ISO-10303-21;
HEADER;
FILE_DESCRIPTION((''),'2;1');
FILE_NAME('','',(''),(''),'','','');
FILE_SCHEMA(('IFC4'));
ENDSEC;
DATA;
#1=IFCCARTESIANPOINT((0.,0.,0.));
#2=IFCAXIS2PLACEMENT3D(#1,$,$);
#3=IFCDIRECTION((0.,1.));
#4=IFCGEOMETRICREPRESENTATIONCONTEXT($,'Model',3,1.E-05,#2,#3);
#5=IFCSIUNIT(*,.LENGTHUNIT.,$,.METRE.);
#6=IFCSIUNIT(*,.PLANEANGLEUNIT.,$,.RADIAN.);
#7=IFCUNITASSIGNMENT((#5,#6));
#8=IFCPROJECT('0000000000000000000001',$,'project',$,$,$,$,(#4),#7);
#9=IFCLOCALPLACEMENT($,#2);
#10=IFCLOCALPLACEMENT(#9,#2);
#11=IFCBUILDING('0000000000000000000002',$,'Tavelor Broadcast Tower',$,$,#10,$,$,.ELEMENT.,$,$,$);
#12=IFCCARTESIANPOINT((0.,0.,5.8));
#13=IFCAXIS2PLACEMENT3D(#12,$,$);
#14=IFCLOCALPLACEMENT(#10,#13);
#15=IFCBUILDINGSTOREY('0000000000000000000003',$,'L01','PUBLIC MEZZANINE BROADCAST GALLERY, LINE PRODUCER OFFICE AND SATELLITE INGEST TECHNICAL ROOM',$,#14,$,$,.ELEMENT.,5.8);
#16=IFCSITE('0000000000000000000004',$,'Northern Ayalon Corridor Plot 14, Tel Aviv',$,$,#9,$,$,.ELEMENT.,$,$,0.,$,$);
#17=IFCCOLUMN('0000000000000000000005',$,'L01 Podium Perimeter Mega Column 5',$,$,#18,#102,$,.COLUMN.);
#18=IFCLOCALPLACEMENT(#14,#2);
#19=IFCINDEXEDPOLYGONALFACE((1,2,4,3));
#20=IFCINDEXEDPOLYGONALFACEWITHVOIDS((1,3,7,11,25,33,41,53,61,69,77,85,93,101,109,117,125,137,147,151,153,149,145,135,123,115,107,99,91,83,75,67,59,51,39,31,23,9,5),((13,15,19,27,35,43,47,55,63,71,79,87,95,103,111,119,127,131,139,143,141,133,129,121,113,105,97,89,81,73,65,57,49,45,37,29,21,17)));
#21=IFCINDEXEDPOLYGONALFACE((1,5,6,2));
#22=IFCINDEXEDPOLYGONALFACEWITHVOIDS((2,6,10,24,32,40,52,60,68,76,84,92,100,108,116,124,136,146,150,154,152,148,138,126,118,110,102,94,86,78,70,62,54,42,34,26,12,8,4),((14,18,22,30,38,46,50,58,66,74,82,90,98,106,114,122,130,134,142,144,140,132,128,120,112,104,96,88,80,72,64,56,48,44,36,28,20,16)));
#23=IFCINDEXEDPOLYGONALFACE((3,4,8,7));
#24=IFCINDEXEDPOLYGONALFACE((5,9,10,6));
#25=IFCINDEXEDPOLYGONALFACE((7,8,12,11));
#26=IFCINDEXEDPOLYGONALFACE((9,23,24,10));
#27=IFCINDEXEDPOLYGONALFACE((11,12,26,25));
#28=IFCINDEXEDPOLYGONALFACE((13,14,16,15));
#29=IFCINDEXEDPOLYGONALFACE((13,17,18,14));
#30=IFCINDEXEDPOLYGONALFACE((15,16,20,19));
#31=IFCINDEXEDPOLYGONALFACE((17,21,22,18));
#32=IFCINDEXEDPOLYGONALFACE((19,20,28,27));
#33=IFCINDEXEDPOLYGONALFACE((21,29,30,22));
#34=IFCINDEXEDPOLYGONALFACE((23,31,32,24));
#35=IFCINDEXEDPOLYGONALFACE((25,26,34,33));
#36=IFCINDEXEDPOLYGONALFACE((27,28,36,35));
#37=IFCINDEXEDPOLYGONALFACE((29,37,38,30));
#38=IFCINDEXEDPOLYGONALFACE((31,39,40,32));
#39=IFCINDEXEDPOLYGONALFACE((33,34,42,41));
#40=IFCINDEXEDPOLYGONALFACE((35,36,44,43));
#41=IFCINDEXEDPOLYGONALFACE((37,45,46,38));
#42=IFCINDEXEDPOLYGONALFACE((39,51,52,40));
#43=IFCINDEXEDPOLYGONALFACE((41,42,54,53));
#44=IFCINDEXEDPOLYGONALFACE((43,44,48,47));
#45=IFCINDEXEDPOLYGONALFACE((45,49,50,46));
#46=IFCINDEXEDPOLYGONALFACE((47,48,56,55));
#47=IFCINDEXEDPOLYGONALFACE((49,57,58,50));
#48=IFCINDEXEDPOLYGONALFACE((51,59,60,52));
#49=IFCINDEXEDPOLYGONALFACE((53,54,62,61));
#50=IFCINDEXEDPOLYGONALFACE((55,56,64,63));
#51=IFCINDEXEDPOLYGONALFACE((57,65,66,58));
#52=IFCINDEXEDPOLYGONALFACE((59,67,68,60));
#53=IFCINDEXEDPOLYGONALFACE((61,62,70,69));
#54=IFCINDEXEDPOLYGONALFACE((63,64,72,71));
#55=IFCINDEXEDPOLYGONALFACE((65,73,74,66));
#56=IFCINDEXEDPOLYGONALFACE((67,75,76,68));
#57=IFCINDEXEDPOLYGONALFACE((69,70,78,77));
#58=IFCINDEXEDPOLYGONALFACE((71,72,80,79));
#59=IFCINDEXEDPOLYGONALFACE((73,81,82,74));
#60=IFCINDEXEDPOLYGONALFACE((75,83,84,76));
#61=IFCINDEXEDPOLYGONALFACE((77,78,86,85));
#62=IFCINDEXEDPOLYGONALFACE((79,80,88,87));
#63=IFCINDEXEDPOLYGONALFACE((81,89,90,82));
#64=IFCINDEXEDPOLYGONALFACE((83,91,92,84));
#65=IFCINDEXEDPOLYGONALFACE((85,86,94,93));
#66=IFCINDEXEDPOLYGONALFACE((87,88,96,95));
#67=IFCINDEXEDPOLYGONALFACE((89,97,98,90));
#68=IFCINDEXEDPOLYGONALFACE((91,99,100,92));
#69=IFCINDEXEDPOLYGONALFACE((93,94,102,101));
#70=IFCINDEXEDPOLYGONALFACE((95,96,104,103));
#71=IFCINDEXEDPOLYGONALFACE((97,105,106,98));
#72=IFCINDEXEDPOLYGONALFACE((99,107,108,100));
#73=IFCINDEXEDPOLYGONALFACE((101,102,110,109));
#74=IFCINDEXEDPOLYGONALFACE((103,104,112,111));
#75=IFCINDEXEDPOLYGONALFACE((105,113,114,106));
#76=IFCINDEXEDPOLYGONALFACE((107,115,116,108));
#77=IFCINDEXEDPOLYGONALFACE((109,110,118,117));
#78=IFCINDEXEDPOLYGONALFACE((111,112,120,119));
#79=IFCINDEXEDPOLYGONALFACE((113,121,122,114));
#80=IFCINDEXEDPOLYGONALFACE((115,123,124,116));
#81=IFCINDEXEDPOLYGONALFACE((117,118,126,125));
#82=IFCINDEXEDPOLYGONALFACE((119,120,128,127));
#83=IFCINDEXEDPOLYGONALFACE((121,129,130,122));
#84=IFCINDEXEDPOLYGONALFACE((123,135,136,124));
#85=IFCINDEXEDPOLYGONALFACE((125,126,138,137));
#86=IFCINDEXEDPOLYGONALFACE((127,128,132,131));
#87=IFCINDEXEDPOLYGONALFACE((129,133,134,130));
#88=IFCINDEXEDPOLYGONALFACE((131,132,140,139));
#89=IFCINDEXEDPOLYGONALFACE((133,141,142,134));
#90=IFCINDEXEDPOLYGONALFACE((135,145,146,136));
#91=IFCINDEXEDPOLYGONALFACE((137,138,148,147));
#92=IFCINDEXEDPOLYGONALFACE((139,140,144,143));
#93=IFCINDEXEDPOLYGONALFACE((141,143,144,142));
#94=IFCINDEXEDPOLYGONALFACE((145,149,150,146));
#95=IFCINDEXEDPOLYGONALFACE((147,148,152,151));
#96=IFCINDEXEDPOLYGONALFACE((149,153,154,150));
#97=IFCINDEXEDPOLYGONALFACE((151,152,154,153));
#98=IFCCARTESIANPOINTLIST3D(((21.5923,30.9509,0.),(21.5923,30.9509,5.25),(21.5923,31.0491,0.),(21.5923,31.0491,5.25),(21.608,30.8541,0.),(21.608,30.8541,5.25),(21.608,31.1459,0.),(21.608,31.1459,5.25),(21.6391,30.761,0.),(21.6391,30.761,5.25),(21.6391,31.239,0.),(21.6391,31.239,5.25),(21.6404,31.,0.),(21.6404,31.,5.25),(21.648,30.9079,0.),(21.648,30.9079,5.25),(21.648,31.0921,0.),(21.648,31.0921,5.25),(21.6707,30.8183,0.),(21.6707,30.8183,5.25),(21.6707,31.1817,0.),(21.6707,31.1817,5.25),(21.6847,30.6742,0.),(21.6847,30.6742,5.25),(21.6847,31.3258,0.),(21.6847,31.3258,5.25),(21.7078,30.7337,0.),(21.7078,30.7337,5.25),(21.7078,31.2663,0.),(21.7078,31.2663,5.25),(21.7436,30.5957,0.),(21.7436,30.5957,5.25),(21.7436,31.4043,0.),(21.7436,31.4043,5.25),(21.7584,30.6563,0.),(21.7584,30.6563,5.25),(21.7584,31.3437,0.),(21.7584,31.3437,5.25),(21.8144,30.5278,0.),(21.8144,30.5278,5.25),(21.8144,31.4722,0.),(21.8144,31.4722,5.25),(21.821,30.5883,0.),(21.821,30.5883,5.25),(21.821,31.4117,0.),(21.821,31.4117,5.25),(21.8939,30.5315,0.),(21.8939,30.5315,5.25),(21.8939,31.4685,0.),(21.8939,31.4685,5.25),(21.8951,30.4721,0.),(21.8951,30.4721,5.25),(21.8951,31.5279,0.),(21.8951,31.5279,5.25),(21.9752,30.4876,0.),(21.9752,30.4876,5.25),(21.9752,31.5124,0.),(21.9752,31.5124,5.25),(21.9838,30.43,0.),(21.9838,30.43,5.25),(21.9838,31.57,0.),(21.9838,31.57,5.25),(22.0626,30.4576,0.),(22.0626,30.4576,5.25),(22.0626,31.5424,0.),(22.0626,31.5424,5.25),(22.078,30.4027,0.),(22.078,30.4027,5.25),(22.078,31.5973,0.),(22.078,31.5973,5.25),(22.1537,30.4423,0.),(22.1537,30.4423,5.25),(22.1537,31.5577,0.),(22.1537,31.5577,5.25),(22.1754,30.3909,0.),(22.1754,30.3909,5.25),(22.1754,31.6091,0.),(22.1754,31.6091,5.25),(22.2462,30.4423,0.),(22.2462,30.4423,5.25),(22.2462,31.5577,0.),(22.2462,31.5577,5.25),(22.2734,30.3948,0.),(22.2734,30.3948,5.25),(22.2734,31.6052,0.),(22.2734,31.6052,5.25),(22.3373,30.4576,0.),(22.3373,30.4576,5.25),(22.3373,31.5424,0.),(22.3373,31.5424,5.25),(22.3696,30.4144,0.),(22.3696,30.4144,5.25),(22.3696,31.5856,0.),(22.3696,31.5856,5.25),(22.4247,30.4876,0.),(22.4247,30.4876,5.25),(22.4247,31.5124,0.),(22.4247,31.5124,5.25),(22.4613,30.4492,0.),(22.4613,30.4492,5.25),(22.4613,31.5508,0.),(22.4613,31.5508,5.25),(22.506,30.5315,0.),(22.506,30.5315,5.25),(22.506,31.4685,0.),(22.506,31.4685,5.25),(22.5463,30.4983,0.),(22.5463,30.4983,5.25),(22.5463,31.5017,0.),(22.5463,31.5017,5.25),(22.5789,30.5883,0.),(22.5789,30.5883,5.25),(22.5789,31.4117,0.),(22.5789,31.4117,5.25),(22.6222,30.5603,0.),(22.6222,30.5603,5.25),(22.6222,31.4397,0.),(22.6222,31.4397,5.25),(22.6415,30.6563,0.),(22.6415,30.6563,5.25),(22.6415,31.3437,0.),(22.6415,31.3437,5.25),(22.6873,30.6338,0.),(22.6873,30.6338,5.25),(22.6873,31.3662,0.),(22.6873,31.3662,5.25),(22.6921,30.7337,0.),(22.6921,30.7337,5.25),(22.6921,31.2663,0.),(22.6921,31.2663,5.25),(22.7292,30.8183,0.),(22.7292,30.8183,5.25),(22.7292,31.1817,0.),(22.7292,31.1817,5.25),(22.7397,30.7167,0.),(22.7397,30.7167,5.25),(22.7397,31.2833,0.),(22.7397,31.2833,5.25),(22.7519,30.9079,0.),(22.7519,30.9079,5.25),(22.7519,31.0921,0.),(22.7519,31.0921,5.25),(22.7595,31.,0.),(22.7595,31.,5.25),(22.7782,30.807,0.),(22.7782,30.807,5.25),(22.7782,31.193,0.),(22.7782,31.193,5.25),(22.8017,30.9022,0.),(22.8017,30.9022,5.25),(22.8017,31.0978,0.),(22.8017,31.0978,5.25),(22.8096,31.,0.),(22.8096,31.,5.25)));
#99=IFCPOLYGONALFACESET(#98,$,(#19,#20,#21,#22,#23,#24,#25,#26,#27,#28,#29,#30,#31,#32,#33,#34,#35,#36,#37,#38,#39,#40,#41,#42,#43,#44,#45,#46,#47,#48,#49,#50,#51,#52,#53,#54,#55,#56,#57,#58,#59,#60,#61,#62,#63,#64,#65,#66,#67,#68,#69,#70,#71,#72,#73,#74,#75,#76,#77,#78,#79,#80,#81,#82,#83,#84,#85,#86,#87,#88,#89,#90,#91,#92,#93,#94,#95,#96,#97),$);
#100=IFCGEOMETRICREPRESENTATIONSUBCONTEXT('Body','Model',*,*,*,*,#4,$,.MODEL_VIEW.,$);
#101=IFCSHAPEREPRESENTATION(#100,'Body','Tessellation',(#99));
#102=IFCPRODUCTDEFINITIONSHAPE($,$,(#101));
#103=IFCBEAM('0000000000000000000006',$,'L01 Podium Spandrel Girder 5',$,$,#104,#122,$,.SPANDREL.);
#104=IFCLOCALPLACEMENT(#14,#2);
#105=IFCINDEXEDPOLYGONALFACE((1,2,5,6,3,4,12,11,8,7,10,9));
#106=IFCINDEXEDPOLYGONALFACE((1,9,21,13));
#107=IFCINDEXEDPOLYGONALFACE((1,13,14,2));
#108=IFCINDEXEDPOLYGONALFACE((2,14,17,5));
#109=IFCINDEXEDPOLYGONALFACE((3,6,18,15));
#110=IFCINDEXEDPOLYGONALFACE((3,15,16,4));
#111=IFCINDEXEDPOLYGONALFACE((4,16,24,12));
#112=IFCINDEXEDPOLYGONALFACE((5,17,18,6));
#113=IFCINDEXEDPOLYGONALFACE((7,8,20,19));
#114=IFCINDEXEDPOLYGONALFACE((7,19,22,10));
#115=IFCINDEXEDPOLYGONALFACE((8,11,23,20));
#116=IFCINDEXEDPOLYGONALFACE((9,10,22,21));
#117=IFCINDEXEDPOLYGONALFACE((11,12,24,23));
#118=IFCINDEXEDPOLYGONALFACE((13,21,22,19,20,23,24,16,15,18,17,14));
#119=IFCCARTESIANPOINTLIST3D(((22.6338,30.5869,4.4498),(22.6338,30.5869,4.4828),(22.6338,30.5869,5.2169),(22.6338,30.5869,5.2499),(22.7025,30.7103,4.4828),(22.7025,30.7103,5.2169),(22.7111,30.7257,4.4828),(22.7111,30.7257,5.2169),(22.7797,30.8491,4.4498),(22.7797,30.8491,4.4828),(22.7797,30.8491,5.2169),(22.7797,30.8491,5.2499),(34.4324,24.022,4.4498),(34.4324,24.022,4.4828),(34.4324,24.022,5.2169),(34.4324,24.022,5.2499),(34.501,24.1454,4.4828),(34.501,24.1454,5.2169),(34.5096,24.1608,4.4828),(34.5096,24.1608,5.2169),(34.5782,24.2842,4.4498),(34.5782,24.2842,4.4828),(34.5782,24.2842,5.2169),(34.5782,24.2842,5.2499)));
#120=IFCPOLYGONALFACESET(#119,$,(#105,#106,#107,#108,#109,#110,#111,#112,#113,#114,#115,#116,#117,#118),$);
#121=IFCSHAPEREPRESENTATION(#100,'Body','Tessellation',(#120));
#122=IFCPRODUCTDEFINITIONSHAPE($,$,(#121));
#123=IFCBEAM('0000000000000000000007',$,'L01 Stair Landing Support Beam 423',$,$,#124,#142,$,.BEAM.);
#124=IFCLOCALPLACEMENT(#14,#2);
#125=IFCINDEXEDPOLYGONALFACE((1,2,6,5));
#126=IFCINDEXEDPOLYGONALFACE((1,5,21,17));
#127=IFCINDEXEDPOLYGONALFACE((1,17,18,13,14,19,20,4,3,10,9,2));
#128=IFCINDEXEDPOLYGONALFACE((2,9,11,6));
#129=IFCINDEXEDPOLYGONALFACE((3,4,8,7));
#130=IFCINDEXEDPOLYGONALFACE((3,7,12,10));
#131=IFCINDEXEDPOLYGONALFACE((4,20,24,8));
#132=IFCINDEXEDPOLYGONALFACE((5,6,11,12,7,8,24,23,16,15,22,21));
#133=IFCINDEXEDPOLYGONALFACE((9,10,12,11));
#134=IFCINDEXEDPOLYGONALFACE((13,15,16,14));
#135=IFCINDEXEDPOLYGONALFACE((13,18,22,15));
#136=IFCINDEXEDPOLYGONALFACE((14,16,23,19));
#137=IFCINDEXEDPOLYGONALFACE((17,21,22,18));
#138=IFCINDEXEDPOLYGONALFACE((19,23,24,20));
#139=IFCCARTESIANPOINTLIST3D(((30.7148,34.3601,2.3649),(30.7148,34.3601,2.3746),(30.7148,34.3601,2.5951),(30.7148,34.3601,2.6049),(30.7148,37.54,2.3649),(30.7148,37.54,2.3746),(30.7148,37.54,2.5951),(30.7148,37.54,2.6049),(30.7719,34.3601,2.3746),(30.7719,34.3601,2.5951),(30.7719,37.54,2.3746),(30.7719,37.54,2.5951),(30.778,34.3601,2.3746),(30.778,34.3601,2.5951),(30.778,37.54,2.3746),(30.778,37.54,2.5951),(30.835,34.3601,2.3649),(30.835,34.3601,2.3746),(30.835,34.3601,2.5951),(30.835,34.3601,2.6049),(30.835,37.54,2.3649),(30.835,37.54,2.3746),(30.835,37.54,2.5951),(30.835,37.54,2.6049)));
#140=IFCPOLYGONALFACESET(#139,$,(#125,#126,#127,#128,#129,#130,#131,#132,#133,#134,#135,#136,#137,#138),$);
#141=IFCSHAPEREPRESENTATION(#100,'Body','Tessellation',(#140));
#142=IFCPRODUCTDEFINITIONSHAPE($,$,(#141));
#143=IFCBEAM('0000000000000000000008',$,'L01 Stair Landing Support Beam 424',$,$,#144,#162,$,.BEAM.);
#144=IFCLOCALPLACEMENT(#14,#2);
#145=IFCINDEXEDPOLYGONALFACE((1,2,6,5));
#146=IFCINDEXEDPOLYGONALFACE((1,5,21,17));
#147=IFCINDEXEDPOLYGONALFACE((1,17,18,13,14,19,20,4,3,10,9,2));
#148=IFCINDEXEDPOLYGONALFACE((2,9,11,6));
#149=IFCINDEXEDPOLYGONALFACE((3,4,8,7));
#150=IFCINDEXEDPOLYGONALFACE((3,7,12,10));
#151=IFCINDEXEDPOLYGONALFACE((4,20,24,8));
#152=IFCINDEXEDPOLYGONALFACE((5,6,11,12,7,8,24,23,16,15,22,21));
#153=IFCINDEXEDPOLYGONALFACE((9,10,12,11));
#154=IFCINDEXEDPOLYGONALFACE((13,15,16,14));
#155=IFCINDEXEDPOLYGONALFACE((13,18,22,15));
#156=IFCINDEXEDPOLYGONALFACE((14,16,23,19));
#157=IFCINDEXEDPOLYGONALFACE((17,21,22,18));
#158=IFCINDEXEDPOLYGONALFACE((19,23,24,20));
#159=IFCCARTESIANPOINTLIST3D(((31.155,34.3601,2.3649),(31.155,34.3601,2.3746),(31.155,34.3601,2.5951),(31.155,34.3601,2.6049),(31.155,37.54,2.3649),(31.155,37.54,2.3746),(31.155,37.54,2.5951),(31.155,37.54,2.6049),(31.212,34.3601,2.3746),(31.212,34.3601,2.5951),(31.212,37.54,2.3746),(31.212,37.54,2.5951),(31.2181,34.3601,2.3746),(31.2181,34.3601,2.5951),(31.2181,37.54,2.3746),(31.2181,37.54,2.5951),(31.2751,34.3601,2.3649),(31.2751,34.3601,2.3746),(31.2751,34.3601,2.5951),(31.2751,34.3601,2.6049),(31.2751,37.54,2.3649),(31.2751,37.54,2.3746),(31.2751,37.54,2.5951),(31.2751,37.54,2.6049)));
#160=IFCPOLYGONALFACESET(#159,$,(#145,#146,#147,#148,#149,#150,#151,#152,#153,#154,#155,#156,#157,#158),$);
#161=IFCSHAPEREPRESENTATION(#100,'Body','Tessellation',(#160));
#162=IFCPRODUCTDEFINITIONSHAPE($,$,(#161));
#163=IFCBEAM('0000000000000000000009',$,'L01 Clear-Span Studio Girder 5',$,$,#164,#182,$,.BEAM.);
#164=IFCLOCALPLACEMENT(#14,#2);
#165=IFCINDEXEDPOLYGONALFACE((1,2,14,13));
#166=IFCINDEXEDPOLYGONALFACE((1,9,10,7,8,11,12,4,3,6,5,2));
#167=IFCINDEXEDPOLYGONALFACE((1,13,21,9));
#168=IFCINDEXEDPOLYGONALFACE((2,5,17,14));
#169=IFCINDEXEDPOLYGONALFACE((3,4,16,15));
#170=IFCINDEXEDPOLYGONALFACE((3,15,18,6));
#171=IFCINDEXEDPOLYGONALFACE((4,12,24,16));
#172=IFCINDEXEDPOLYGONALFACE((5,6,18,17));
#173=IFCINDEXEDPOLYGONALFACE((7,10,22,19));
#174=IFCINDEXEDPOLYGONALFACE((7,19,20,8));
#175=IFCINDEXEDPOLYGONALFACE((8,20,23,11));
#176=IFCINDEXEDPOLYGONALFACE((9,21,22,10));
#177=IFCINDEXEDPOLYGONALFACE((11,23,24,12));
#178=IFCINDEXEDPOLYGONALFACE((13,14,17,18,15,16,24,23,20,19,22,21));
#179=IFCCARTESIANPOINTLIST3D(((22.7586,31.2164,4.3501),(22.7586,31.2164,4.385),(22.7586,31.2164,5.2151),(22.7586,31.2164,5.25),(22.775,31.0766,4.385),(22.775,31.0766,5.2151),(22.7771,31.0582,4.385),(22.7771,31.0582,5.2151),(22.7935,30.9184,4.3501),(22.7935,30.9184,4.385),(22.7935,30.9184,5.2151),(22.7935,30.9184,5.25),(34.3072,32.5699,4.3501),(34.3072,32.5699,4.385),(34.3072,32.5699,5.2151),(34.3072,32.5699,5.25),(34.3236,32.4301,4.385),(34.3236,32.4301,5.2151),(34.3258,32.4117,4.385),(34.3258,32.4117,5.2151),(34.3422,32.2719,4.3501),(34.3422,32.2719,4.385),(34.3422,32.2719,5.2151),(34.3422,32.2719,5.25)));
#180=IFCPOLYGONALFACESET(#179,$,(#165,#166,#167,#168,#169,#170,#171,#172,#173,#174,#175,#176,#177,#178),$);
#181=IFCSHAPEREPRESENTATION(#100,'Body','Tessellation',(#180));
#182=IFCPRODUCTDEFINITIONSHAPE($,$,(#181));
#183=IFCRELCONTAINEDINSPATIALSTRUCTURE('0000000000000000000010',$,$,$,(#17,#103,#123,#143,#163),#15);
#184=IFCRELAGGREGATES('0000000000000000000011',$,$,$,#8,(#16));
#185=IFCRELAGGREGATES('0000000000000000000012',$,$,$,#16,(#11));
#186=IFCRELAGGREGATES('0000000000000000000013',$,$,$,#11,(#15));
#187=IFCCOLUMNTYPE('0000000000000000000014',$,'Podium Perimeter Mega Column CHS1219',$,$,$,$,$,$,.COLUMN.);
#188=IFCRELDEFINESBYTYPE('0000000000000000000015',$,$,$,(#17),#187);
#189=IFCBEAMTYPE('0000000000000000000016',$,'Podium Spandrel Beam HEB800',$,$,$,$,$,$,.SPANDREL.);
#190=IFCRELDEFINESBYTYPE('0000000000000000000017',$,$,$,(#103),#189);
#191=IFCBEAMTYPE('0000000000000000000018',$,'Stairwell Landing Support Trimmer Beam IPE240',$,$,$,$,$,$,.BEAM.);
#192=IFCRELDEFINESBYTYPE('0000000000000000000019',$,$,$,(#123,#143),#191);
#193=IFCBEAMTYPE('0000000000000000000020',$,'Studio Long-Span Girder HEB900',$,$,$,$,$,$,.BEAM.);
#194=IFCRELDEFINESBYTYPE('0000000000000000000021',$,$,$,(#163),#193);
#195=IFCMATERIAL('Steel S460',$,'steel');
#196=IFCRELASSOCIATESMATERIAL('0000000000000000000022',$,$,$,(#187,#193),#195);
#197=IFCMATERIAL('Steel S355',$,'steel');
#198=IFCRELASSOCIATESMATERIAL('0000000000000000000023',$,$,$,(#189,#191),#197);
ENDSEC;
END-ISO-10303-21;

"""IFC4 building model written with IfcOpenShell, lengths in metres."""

from ifc_helpers import new_model, si_unit, direction, frame, origin, origin_2d, place, context, subcontext, project, spatial, hollow_circle, i_section, extrude, material, material_profile, profile_set, type_object, element, save


model = new_model("IFC4")

# Units and contexts
model_context = context("Model", 3, precision=1e-05, world=origin(), true_north=direction((0.0, 1.0)))
body_context = subcontext(model_context, "Body", "Model", "MODEL_VIEW")
ifc_project = project(units=[si_unit("LENGTHUNIT", "METRE"), si_unit("PLANEANGLEUNIT", "RADIAN")], contexts=[model_context])

# Site, building, storey
site_placement = place(None, origin())
site = spatial("IfcSite", under=ifc_project, at=site_placement, Name="Northern Ayalon Corridor Plot 14, Tel Aviv", CompositionType="ELEMENT", RefElevation=0.0)
building_placement = place(site_placement, origin())
building = spatial("IfcBuilding", under=site, at=building_placement, Name="Tavelor Broadcast Tower", CompositionType="ELEMENT")
storey_placement = place(building_placement, frame((0.0, 0.0, 5.8)))
storey = spatial("IfcBuildingStorey", under=building, at=storey_placement, Name="L01", Description="PUBLIC MEZZANINE BROADCAST GALLERY, LINE PRODUCER OFFICE AND SATELLITE INGEST TECHNICAL ROOM", CompositionType="ELEMENT", Elevation=5.8)

# Column
ifc_material_1 = material(Name="Steel S460", Category="steel")
ifc_material_profile_1 = material_profile(ifc_material_1, hollow_circle(Radius=0.6096, WallThickness=0.05, at=origin_2d()), Name="CHS 1219x50")
ifc_profile_set_1 = profile_set([ifc_material_profile_1], Name="Steel S460")
column_type = type_object("IfcColumnType", Name="Podium Perimeter Mega Column CHS1219", PredefinedType="COLUMN", material=ifc_profile_set_1)
column_placement = place(storey_placement, frame((22.2, 31.0, 0.0), z_axis=(0.0, 0.0, 1.0), x_axis=(1.0, 0.0, 0.0)))
element("IfcColumn", 1, at=column_placement, inside=storey, type_object=column_type, Name="L01 Podium Perimeter Mega Column 5", PredefinedType="COLUMN", context=body_context, shape_type="SweptSolid", body=[
    extrude(hollow_circle(Radius=0.6096, WallThickness=0.05, at=origin_2d()), origin(), (0.0, 0.0, 1.0), 5.25),
])

# Beams
ifc_material_2 = material(Name="Steel S355", Category="steel")
ifc_material_profile_2 = material_profile(ifc_material_2, i_section(OverallWidth=0.3, OverallDepth=0.8, WebThickness=0.0176, FlangeThickness=0.033, at=origin_2d()), Name="HEB 800")
ifc_profile_set_2 = profile_set([ifc_material_profile_2], Name="Steel S355")
beam_type_1 = type_object("IfcBeamType", Name="Podium Spandrel Beam HEB800", PredefinedType="SPANDREL", material=ifc_profile_set_2)
beam_1_placement = place(storey_placement, frame((22.7068, 30.718, 4.8499), z_axis=(0.873837, -0.486219, 0.0), x_axis=(0.486219, 0.873837, 0.0)))
element("IfcBeam", 2, at=beam_1_placement, inside=storey, type_object=beam_type_1, Name="L01 Podium Spandrel Girder 5", PredefinedType="SPANDREL", context=body_context, shape_type="SweptSolid", body=[
    extrude(i_section(OverallWidth=0.3, OverallDepth=0.8, WebThickness=0.0176, FlangeThickness=0.033, at=origin_2d()), origin(), (0.0, 0.0, 1.0), 13.502),
])
ifc_material_profile_3 = material_profile(ifc_material_2, i_section(OverallWidth=0.1201, OverallDepth=0.24, WebThickness=0.0061, FlangeThickness=0.0098, at=origin_2d()), Name="IPE 240")
ifc_profile_set_3 = profile_set([ifc_material_profile_3], Name="Steel S355")
beam_type_2 = type_object("IfcBeamType", Name="Stairwell Landing Support Trimmer Beam IPE240", PredefinedType="BEAM", material=ifc_profile_set_3)
for number, where, z_axis, x_axis, name in (
    (3, (30.7749, 34.3601, 2.4849), (0.0, 1.0, 0.0), (-1.0, 0.0, 0.0), "L01 Stair Landing Support Beam 423"),
    (4, (31.2151, 34.3601, 2.4849), (0.0, 1.0, 0.0), (-1.0, 0.0, 0.0), "L01 Stair Landing Support Beam 424"),
):
    element("IfcBeam", number, at=place(storey_placement, frame(where, z_axis=z_axis, x_axis=x_axis)), inside=storey, type_object=beam_type_2, Name=name, PredefinedType="BEAM", context=body_context, shape_type="SweptSolid", body=[
        extrude(i_section(OverallWidth=0.1201, OverallDepth=0.24, WebThickness=0.0061, FlangeThickness=0.0098, at=origin_2d()), origin(), (0.0, 0.0, 1.0), 3.1799),
    ])
ifc_material_profile_4 = material_profile(ifc_material_1, i_section(OverallWidth=0.3, OverallDepth=0.8999, WebThickness=0.0186, FlangeThickness=0.0349, at=origin_2d()), Name="HEB 900")
ifc_profile_set_4 = profile_set([ifc_material_profile_4], Name="Steel S460")
beam_type_3 = type_object("IfcBeamType", Name="Studio Long-Span Girder HEB900", PredefinedType="BEAM", material=ifc_profile_set_4)
beam_2_placement = place(storey_placement, frame((34.3247, 32.4209, 4.8), z_axis=(-0.993202, -0.116405, 0.0), x_axis=(0.116405, -0.993202, 0.0)))
element("IfcBeam", 5, at=beam_2_placement, inside=storey, type_object=beam_type_3, Name="L01 Clear-Span Studio Girder 5", PredefinedType="BEAM", context=body_context, shape_type="SweptSolid", body=[
    extrude(i_section(OverallWidth=0.3, OverallDepth=0.8999, WebThickness=0.0186, FlangeThickness=0.0349, at=origin_2d()), origin(), (0.0, 0.0, 1.0), 11.6277),
])

save(model, "model.ifc")
